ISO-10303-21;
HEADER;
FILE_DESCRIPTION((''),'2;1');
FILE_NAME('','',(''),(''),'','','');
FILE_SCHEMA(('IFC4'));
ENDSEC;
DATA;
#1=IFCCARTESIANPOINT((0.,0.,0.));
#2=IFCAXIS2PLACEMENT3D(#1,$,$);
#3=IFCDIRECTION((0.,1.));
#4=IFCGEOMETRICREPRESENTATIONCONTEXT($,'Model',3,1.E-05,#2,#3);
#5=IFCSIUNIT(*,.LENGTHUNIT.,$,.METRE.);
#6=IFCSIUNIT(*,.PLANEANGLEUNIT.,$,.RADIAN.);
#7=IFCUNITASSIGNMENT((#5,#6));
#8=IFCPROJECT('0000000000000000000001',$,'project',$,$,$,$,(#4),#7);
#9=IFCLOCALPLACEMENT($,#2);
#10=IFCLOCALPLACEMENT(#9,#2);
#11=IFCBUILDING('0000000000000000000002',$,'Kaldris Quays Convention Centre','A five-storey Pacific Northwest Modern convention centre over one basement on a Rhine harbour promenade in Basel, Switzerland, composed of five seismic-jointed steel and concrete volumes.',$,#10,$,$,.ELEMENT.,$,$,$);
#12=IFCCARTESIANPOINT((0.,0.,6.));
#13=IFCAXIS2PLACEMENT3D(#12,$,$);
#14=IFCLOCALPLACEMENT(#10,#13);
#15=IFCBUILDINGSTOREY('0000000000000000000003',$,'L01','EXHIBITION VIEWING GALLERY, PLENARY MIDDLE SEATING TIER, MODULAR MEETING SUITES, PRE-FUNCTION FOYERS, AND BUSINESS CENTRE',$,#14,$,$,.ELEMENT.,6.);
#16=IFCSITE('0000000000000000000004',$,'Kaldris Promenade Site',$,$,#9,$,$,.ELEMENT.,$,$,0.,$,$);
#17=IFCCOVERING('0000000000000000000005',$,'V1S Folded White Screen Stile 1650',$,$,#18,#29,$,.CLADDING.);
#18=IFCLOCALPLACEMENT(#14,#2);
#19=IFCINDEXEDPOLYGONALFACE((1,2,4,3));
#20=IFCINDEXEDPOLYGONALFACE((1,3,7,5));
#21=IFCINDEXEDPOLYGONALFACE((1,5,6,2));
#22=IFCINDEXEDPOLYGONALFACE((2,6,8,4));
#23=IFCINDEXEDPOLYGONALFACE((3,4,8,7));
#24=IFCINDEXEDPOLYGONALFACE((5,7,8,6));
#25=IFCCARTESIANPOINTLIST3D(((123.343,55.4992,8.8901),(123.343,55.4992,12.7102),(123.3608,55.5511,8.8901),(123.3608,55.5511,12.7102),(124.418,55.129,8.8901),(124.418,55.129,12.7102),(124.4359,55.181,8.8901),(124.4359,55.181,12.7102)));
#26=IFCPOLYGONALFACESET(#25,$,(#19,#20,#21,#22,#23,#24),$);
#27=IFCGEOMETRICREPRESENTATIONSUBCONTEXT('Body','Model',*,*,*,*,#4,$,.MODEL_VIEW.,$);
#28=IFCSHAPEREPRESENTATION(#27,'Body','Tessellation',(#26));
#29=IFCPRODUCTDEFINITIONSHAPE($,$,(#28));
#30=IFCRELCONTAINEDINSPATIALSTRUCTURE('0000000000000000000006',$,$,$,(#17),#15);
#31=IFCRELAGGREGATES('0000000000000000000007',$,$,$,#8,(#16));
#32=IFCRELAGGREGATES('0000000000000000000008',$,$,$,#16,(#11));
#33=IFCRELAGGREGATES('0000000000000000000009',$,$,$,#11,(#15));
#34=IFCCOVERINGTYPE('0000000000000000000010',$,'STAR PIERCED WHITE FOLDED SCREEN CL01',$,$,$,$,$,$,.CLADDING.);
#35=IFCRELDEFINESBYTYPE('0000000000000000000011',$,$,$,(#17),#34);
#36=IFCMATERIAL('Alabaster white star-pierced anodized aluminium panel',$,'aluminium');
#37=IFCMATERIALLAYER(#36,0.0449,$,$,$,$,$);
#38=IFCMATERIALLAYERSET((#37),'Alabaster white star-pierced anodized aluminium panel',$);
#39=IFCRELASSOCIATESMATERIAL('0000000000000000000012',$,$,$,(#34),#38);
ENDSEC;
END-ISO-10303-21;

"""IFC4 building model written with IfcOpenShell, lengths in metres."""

from ifc_helpers import new_model, si_unit, direction, frame, origin, origin_2d, place, context, subcontext, project, spatial, rectangle, extrude, material, layer, layer_set, type_object, element, save


model = new_model("IFC4")

# Units and contexts
model_context = context("Model", 3, precision=1e-05, world=origin(), true_north=direction((0.0, 1.0)))
body_context = subcontext(model_context, "Body", "Model", "MODEL_VIEW")
ifc_project = project(units=[si_unit("LENGTHUNIT", "METRE"), si_unit("PLANEANGLEUNIT", "RADIAN")], contexts=[model_context])

# Site, building, storey
site_placement = place(None, origin())
site = spatial("IfcSite", under=ifc_project, at=site_placement, Name="Kaldris Promenade Site", CompositionType="ELEMENT", RefElevation=0.0)
building_placement = place(site_placement, origin())
building = spatial("IfcBuilding", under=site, at=building_placement, Name="Kaldris Quays Convention Centre", Description="A five-storey Pacific Northwest Modern convention centre over one basement on a Rhine harbour promenade in Basel, Switzerland, composed of five seismic-jointed steel and concrete volumes.", CompositionType="ELEMENT")
storey_placement = place(building_placement, frame((0.0, 0.0, 6.0)))
storey = spatial("IfcBuildingStorey", under=building, at=storey_placement, Name="L01", Description="EXHIBITION VIEWING GALLERY, PLENARY MIDDLE SEATING TIER, MODULAR MEETING SUITES, PRE-FUNCTION FOYERS, AND BUSINESS CENTRE", CompositionType="ELEMENT", Elevation=6.0)

# Covering
ifc_material_1 = material(Name="Alabaster white star-pierced anodized aluminium panel", Category="aluminium")
ifc_layer = layer(ifc_material_1, 0.0449)
ifc_layer_set = layer_set([ifc_layer], Name="Alabaster white star-pierced anodized aluminium panel")
covering_type = type_object("IfcCoveringType", Name="STAR PIERCED WHITE FOLDED SCREEN CL01", PredefinedType="CLADDING", material=ifc_layer_set)
for number, where, z_axis, x_axis, name in (
    (1, (123.8894, 55.3401, 8.8901), (0.0, 0.0, 1.0), (0.945519, -0.325568, 0.0), "V1S Folded White Screen Stile 1650"),
):
    element("IfcCovering", number, at=place(storey_placement, frame(where, z_axis=z_axis, x_axis=x_axis)), inside=storey, type_object=covering_type, Name=name, PredefinedType="CLADDING", context=body_context, shape_type="SweptSolid", body=[
        extrude(rectangle(XDim=1.137, YDim=0.0549, at=origin_2d()), origin(), (0.0, 0.0, 1.0), 3.8201),
    ])

save(model, "model.ifc")
